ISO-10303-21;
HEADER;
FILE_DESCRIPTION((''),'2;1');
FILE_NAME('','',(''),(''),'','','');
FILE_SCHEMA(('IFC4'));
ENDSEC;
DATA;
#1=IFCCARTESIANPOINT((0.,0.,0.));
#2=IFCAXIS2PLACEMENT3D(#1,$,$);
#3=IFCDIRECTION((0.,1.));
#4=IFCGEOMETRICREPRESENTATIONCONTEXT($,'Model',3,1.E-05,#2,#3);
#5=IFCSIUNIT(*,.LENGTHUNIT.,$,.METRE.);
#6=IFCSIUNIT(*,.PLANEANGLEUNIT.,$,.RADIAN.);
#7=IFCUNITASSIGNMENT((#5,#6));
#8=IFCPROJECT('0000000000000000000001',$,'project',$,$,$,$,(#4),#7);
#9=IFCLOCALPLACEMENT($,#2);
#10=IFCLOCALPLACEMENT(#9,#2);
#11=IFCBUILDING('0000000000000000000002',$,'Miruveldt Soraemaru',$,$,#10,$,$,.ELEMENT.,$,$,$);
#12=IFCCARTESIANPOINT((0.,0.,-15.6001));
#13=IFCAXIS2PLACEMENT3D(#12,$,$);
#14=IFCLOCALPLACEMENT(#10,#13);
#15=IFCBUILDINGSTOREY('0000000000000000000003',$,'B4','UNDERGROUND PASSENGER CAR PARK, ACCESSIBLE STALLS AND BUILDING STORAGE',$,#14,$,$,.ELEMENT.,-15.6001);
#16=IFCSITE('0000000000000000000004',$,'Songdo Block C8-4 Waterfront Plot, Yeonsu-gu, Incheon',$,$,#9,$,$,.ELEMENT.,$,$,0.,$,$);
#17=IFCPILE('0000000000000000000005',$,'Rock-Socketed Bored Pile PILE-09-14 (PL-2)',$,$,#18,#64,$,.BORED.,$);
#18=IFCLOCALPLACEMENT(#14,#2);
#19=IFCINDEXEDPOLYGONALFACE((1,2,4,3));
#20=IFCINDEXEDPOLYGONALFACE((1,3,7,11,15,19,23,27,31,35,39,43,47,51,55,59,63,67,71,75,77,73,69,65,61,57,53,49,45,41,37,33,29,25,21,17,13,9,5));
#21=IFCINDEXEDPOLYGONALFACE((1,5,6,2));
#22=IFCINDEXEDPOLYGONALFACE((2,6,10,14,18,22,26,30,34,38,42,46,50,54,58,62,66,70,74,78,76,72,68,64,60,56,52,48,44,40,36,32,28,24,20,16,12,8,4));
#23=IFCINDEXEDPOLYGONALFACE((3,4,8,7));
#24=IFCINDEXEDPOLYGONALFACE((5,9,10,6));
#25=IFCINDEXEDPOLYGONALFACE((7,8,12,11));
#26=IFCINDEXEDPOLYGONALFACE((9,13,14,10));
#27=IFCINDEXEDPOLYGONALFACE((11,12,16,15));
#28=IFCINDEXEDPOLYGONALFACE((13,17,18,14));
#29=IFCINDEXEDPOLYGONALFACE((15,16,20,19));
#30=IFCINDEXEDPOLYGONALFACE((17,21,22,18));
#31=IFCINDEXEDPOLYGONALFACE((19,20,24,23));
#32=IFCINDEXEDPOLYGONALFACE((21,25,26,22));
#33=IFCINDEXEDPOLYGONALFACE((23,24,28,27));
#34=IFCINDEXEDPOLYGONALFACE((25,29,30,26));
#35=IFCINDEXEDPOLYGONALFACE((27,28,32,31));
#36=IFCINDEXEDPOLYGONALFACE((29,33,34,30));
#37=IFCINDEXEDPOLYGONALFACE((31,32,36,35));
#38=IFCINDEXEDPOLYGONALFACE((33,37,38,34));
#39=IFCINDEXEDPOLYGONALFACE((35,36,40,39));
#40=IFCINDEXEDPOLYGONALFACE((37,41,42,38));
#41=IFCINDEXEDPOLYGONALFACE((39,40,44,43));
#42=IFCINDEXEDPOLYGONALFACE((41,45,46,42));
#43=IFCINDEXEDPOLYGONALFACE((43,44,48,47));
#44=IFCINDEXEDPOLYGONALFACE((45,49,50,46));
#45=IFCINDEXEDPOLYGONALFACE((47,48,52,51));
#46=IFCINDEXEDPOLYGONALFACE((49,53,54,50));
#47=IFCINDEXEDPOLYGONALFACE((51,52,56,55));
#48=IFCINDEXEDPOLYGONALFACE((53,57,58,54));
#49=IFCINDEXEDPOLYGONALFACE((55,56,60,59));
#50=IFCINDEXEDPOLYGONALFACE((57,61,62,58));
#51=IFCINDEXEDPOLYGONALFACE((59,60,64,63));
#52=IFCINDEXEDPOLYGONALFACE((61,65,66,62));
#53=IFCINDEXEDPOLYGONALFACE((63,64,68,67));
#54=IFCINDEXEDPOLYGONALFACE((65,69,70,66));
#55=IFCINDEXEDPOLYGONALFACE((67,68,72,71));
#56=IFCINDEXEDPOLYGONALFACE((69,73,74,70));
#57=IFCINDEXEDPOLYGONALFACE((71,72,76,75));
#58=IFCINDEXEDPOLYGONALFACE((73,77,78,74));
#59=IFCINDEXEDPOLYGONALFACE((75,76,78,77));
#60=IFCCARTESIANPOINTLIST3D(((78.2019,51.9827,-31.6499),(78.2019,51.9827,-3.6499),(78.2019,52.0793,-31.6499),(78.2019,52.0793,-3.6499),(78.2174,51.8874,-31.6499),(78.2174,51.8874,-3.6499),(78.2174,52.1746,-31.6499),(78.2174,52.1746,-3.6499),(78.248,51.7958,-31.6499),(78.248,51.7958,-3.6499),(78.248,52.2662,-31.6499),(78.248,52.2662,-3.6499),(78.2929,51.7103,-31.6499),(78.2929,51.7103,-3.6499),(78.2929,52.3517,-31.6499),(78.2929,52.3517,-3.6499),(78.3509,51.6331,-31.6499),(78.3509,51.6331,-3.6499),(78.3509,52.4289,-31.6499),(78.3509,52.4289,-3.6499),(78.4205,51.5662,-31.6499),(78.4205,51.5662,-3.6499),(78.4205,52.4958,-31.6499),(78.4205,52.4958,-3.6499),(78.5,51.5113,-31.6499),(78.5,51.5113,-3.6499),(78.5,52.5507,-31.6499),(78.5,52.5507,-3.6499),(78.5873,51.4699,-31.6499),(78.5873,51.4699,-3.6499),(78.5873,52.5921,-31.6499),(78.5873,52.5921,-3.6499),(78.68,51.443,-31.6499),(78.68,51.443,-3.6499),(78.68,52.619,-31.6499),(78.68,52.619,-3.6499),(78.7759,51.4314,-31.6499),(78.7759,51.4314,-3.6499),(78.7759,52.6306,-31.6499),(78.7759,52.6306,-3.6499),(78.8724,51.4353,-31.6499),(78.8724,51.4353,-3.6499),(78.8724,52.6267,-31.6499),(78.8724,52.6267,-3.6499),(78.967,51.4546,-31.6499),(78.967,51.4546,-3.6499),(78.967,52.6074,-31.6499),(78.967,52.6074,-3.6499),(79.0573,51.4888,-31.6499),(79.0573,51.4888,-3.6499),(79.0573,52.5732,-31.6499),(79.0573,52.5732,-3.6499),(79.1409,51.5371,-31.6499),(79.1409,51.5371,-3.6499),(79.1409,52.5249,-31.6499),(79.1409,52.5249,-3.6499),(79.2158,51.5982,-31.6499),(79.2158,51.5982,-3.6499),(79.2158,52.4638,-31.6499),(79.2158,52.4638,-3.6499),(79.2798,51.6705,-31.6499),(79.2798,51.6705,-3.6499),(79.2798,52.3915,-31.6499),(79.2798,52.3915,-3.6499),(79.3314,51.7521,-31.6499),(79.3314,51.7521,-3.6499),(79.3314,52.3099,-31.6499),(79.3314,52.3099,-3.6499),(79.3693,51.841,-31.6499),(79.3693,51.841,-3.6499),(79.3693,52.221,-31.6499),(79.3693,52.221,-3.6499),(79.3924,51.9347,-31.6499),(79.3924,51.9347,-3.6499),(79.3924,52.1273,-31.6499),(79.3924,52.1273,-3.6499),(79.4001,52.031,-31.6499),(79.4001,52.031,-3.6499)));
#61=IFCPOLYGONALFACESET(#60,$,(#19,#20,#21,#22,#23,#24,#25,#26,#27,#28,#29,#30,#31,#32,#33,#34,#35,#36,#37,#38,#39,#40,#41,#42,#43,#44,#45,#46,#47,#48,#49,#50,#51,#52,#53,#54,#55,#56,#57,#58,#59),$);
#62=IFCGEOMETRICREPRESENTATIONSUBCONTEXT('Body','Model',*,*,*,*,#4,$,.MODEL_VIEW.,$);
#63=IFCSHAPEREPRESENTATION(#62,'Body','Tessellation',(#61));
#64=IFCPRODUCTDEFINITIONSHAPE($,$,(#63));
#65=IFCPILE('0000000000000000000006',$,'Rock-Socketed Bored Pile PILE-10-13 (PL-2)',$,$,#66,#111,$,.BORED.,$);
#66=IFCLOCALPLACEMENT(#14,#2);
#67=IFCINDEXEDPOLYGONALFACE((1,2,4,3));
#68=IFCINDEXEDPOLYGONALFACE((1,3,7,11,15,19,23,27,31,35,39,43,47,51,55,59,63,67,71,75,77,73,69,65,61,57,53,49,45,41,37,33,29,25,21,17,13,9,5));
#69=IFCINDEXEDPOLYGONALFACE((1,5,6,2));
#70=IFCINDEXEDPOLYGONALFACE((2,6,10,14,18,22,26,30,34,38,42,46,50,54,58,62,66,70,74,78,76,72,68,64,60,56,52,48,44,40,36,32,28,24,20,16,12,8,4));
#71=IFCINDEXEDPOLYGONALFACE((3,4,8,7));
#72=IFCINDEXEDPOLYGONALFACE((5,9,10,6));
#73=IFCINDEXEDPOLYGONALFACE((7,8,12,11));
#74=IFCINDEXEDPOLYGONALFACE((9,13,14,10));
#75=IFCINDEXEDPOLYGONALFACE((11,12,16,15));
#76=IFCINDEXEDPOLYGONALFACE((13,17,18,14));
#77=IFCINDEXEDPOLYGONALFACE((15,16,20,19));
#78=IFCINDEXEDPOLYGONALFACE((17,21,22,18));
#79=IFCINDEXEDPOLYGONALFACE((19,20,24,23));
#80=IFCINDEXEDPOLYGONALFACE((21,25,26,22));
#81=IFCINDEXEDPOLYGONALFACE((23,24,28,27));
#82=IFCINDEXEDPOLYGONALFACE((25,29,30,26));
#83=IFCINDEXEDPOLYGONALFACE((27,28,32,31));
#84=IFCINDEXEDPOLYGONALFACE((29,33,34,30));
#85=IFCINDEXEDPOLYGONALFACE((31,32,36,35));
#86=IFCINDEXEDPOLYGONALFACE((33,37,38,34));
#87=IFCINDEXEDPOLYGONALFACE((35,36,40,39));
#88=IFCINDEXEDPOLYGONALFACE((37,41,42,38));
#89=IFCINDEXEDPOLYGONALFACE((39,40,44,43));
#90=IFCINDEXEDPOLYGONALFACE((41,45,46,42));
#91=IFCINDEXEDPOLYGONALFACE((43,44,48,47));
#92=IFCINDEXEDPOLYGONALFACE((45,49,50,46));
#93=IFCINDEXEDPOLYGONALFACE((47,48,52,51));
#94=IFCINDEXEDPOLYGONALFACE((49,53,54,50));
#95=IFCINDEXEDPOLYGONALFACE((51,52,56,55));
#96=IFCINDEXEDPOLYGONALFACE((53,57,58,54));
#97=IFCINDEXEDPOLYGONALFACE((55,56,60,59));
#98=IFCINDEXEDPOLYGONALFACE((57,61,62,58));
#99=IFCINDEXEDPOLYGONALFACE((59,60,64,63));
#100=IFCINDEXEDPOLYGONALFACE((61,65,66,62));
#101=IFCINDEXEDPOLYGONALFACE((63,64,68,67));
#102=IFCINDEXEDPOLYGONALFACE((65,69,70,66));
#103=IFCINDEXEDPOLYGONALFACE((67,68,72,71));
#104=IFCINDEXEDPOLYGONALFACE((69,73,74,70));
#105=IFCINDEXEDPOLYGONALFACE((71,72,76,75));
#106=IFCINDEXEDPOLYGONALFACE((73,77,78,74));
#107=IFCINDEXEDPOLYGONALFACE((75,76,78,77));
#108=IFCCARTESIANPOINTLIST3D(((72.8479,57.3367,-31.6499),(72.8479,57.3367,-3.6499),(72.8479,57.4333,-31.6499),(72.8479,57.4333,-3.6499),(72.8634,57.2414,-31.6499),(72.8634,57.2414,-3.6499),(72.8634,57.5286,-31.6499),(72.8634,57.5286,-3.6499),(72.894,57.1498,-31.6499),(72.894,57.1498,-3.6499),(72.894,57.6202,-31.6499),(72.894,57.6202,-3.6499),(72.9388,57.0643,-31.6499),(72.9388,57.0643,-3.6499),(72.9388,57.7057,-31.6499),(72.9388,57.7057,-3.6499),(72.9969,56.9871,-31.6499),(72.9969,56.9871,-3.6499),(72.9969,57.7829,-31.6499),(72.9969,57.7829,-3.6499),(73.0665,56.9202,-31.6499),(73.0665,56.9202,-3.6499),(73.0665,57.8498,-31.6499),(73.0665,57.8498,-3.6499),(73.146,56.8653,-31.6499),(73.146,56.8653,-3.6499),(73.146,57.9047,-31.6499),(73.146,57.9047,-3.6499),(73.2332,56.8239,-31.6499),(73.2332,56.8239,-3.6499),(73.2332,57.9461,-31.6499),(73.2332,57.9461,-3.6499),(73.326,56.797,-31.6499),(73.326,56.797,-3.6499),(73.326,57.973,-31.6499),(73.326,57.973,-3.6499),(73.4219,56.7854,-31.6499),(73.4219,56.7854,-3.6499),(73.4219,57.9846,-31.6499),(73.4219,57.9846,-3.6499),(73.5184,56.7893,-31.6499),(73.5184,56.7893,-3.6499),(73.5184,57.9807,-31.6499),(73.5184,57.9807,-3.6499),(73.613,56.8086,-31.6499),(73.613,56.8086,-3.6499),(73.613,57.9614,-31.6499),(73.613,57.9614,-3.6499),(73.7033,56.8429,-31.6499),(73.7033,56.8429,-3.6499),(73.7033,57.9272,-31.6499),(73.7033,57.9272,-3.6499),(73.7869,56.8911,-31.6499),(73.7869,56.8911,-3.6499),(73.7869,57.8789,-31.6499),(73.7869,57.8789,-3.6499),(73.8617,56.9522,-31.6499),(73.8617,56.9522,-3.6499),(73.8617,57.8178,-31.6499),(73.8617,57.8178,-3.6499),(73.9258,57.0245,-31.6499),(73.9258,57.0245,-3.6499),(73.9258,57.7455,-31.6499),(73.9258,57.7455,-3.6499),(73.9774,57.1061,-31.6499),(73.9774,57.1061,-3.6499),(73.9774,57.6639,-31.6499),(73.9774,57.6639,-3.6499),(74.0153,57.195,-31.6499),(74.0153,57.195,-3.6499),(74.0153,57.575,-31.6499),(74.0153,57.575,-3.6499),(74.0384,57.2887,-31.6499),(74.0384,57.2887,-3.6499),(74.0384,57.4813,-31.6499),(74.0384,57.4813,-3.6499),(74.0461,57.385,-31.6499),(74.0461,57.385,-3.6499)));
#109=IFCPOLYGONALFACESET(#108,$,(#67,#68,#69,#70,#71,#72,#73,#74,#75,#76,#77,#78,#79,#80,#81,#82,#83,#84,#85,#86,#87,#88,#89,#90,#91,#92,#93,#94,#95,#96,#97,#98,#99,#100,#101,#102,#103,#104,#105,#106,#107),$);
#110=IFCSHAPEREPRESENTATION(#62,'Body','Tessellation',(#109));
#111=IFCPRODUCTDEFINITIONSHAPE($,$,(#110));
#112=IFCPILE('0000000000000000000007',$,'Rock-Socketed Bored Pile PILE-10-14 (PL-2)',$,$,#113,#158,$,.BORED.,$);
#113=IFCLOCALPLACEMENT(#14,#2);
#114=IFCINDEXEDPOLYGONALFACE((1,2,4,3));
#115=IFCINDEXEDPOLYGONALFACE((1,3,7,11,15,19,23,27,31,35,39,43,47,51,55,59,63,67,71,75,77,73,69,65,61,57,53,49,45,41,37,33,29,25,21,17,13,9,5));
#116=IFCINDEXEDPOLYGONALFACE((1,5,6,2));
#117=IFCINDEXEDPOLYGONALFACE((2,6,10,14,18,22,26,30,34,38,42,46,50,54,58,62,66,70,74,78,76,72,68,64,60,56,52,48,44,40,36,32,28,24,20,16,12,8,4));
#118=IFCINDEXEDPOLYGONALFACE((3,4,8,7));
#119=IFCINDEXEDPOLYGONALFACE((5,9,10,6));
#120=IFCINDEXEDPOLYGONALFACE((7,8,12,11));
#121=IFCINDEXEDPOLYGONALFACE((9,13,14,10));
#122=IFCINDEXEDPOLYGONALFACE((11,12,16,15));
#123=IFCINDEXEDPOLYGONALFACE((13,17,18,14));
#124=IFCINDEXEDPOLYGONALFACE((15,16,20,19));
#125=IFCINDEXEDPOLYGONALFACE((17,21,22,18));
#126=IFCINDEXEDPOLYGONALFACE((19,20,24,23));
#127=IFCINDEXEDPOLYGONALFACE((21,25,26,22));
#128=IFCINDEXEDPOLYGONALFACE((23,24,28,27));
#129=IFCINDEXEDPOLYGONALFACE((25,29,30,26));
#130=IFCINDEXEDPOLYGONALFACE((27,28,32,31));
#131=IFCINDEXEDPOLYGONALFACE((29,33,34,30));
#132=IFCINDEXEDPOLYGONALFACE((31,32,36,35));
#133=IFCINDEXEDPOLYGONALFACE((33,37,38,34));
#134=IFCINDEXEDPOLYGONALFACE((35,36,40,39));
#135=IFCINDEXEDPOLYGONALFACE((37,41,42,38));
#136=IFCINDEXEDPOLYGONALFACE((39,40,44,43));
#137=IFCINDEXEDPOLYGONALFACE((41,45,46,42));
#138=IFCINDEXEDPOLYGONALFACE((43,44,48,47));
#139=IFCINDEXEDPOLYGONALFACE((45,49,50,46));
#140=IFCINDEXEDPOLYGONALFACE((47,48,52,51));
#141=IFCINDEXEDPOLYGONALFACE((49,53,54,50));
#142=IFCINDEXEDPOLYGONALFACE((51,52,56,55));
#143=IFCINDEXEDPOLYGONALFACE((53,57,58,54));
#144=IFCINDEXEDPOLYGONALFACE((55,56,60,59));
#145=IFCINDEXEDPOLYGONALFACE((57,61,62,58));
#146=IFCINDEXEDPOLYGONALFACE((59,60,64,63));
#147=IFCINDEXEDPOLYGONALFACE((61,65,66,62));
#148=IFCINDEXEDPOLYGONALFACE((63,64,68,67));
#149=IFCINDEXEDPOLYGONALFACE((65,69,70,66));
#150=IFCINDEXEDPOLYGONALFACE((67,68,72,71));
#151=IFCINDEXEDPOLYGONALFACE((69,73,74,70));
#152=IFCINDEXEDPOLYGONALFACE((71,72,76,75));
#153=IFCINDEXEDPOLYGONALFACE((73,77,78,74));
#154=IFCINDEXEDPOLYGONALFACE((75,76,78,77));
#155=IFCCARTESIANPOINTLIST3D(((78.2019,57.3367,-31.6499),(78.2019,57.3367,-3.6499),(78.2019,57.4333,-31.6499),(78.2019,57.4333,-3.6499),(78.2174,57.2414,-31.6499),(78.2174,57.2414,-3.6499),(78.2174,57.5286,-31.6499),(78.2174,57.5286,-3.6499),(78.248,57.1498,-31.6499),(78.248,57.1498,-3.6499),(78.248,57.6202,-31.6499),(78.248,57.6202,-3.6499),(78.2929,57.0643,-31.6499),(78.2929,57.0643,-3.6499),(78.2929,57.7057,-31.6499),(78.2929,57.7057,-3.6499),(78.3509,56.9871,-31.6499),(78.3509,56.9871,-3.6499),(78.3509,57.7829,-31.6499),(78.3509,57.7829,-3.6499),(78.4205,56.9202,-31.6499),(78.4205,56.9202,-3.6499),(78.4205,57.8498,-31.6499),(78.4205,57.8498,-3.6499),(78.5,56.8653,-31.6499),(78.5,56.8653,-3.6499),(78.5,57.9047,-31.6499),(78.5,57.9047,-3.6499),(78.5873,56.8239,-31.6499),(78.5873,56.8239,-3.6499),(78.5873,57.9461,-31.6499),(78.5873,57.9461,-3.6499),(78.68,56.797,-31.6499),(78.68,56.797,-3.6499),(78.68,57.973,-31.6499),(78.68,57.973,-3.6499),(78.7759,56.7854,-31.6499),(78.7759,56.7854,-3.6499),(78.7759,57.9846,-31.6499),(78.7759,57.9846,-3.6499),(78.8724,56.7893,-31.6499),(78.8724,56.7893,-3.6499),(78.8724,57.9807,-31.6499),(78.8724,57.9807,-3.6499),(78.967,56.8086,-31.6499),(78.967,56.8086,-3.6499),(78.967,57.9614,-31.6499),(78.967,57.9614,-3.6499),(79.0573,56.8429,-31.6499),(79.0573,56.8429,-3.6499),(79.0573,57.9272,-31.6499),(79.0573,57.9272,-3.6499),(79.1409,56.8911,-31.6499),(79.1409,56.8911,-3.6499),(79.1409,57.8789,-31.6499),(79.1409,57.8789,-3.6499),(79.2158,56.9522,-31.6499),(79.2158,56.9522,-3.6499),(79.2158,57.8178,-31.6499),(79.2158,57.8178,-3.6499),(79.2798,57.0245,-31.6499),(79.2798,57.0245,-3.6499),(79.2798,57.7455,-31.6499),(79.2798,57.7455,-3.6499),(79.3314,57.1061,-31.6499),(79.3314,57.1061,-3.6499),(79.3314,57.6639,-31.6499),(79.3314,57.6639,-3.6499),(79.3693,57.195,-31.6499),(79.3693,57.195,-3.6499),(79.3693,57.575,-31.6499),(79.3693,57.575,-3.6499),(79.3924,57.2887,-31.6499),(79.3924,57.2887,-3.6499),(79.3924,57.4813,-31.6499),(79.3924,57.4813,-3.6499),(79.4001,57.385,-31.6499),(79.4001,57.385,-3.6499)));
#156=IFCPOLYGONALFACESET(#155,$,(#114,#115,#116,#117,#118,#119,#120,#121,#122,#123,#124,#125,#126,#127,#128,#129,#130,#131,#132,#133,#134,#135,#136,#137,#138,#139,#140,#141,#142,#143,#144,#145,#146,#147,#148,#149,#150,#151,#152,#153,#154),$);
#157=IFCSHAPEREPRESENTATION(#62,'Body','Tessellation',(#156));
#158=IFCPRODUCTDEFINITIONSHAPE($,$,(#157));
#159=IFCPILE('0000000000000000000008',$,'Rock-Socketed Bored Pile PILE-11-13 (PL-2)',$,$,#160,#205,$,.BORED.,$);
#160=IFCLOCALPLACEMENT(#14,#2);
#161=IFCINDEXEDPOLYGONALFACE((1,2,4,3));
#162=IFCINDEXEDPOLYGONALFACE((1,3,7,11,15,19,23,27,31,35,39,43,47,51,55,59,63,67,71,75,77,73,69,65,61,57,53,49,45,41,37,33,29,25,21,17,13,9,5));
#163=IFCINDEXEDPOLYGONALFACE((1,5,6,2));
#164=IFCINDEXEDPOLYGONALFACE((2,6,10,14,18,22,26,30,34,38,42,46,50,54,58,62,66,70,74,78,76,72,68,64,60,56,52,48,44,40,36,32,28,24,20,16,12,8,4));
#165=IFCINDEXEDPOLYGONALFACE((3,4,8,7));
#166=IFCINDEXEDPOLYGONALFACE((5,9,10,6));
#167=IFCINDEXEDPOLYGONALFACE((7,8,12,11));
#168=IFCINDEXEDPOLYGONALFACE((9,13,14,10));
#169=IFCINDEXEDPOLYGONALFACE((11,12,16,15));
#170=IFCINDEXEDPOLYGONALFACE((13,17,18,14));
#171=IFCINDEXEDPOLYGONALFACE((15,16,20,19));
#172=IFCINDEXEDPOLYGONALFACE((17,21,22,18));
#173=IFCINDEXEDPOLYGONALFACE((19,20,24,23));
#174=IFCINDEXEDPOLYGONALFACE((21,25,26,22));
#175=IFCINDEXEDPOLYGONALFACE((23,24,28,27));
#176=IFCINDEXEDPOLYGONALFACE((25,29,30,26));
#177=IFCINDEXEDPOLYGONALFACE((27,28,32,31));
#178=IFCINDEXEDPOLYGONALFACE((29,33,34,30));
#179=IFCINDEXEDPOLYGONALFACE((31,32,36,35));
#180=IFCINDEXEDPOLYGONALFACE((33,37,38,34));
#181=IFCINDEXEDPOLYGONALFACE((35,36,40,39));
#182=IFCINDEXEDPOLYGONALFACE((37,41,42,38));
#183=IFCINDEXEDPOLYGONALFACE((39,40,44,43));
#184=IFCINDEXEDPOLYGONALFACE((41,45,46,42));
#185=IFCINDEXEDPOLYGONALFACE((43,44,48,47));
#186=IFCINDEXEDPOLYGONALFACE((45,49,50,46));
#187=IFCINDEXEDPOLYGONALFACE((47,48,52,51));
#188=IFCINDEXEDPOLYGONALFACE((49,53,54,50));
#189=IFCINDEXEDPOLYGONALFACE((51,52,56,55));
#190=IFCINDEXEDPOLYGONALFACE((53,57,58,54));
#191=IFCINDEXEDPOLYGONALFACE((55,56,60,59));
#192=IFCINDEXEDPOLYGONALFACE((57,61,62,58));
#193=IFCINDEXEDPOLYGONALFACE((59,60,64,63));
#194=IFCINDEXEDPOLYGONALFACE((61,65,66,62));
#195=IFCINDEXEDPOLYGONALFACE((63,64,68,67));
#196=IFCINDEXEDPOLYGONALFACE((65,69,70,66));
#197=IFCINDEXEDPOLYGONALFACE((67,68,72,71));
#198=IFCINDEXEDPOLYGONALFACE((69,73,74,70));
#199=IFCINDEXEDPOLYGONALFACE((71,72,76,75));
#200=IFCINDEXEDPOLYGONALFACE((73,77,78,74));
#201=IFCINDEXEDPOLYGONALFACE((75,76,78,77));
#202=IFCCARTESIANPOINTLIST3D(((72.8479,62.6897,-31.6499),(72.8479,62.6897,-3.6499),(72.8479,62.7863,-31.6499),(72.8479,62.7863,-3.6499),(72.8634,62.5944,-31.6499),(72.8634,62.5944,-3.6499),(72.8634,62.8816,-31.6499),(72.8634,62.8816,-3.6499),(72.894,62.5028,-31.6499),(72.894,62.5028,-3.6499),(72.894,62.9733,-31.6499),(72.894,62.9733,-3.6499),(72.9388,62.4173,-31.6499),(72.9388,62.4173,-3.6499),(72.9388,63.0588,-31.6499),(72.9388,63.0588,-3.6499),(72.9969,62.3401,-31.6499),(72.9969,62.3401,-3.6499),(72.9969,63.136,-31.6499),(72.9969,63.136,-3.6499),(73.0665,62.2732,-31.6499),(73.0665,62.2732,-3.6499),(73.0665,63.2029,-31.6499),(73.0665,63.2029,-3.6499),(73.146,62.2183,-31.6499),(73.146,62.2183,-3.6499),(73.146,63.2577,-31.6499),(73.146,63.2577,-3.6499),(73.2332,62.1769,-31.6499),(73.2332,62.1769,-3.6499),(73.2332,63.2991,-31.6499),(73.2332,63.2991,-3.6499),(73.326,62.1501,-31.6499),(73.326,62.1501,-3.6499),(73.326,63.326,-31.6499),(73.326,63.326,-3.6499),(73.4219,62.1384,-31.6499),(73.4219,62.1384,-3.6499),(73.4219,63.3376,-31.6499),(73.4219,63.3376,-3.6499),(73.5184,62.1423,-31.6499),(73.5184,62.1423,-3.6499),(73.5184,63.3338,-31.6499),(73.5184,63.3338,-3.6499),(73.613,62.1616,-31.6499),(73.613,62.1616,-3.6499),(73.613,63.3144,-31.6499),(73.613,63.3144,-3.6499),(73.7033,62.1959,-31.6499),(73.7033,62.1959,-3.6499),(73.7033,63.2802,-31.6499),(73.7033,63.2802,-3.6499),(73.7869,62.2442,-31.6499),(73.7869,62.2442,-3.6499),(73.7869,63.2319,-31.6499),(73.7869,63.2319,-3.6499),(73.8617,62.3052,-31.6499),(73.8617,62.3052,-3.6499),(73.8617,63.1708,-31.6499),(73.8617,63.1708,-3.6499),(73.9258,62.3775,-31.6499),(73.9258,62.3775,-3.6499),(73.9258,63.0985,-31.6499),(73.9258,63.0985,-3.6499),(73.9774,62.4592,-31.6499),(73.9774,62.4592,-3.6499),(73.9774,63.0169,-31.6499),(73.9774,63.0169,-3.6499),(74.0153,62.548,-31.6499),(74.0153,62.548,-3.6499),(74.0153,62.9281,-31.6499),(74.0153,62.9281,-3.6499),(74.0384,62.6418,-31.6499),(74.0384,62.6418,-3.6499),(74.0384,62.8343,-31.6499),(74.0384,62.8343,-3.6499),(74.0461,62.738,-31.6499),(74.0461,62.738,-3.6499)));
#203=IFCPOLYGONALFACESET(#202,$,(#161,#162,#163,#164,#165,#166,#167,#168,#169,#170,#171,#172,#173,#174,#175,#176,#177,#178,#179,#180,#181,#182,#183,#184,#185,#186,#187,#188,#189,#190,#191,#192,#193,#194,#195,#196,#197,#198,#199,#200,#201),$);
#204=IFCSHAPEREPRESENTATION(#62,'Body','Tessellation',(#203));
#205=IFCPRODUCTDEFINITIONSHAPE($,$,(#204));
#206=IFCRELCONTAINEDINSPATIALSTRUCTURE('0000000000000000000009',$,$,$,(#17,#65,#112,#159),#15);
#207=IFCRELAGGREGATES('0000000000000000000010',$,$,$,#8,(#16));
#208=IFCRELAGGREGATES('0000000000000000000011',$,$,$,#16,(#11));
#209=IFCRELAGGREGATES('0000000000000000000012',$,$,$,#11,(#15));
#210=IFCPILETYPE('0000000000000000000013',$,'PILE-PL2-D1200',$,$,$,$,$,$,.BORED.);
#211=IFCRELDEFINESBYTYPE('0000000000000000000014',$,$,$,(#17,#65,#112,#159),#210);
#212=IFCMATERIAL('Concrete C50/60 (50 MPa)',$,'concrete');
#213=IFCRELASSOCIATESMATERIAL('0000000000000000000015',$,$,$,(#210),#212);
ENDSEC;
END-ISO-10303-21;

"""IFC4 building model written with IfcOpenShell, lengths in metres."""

from ifc_helpers import new_model, si_unit, direction, frame, origin, origin_2d, place, context, subcontext, project, spatial, circle, extrude, material, material_profile, profile_set, type_object, element, save


model = new_model("IFC4")

# Units and contexts
model_context = context("Model", 3, precision=1e-05, world=origin(), true_north=direction((0.0, 1.0)))
body_context = subcontext(model_context, "Body", "Model", "MODEL_VIEW")
ifc_project = project(units=[si_unit("LENGTHUNIT", "METRE"), si_unit("PLANEANGLEUNIT", "RADIAN")], contexts=[model_context])

# Site, building, storey
site_placement = place(None, origin())
site = spatial("IfcSite", under=ifc_project, at=site_placement, Name="Songdo Block C8-4 Waterfront Plot, Yeonsu-gu, Incheon", CompositionType="ELEMENT", RefElevation=0.0)
building_placement = place(site_placement, origin())
building = spatial("IfcBuilding", under=site, at=building_placement, Name="Miruveldt Soraemaru", CompositionType="ELEMENT")
storey_placement = place(building_placement, frame((0.0, 0.0, -15.6001)))
storey = spatial("IfcBuildingStorey", under=building, at=storey_placement, Name="B4", Description="UNDERGROUND PASSENGER CAR PARK, ACCESSIBLE STALLS AND BUILDING STORAGE", CompositionType="ELEMENT", Elevation=-15.6001)

# Piles
ifc_material_1 = material(Name="Concrete C50/60 (50 MPa)", Category="concrete")
ifc_material_profile_1 = material_profile(ifc_material_1, circle(Radius=0.6001, at=origin_2d()), Name="Concrete C50/60 (50 MPa)", Category="concrete")
ifc_profile_set_1 = profile_set([ifc_material_profile_1], Name="Concrete C50/60 (50 MPa)")
pile_type_1 = type_object("IfcPileType", Name="PILE-PL2-D1200", PredefinedType="BORED", material=ifc_profile_set_1)
for number, where, z_axis, x_axis, name in (
    (1, (78.8, 52.031, -3.6499), (0.0, 0.0, -1.0), (1.0, 0.0, 0.0), "Rock-Socketed Bored Pile PILE-09-14 (PL-2)"),
    (2, (73.446, 57.385, -3.6499), (0.0, 0.0, -1.0), (1.0, 0.0, 0.0), "Rock-Socketed Bored Pile PILE-10-13 (PL-2)"),
    (3, (78.8, 57.385, -3.6499), (0.0, 0.0, -1.0), (1.0, 0.0, 0.0), "Rock-Socketed Bored Pile PILE-10-14 (PL-2)"),
    (4, (73.446, 62.738, -3.6499), (0.0, 0.0, -1.0), (1.0, 0.0, 0.0), "Rock-Socketed Bored Pile PILE-11-13 (PL-2)"),
):
    element("IfcPile", number, at=place(storey_placement, frame(where, z_axis=z_axis, x_axis=x_axis)), inside=storey, type_object=pile_type_1, Name=name, PredefinedType="BORED", context=body_context, shape_type="SweptSolid", body=[
        extrude(circle(Radius=0.6001, at=origin_2d()), origin(), (0.0, 0.0, 1.0), 28.0),
    ])

save(model, "model.ifc")
